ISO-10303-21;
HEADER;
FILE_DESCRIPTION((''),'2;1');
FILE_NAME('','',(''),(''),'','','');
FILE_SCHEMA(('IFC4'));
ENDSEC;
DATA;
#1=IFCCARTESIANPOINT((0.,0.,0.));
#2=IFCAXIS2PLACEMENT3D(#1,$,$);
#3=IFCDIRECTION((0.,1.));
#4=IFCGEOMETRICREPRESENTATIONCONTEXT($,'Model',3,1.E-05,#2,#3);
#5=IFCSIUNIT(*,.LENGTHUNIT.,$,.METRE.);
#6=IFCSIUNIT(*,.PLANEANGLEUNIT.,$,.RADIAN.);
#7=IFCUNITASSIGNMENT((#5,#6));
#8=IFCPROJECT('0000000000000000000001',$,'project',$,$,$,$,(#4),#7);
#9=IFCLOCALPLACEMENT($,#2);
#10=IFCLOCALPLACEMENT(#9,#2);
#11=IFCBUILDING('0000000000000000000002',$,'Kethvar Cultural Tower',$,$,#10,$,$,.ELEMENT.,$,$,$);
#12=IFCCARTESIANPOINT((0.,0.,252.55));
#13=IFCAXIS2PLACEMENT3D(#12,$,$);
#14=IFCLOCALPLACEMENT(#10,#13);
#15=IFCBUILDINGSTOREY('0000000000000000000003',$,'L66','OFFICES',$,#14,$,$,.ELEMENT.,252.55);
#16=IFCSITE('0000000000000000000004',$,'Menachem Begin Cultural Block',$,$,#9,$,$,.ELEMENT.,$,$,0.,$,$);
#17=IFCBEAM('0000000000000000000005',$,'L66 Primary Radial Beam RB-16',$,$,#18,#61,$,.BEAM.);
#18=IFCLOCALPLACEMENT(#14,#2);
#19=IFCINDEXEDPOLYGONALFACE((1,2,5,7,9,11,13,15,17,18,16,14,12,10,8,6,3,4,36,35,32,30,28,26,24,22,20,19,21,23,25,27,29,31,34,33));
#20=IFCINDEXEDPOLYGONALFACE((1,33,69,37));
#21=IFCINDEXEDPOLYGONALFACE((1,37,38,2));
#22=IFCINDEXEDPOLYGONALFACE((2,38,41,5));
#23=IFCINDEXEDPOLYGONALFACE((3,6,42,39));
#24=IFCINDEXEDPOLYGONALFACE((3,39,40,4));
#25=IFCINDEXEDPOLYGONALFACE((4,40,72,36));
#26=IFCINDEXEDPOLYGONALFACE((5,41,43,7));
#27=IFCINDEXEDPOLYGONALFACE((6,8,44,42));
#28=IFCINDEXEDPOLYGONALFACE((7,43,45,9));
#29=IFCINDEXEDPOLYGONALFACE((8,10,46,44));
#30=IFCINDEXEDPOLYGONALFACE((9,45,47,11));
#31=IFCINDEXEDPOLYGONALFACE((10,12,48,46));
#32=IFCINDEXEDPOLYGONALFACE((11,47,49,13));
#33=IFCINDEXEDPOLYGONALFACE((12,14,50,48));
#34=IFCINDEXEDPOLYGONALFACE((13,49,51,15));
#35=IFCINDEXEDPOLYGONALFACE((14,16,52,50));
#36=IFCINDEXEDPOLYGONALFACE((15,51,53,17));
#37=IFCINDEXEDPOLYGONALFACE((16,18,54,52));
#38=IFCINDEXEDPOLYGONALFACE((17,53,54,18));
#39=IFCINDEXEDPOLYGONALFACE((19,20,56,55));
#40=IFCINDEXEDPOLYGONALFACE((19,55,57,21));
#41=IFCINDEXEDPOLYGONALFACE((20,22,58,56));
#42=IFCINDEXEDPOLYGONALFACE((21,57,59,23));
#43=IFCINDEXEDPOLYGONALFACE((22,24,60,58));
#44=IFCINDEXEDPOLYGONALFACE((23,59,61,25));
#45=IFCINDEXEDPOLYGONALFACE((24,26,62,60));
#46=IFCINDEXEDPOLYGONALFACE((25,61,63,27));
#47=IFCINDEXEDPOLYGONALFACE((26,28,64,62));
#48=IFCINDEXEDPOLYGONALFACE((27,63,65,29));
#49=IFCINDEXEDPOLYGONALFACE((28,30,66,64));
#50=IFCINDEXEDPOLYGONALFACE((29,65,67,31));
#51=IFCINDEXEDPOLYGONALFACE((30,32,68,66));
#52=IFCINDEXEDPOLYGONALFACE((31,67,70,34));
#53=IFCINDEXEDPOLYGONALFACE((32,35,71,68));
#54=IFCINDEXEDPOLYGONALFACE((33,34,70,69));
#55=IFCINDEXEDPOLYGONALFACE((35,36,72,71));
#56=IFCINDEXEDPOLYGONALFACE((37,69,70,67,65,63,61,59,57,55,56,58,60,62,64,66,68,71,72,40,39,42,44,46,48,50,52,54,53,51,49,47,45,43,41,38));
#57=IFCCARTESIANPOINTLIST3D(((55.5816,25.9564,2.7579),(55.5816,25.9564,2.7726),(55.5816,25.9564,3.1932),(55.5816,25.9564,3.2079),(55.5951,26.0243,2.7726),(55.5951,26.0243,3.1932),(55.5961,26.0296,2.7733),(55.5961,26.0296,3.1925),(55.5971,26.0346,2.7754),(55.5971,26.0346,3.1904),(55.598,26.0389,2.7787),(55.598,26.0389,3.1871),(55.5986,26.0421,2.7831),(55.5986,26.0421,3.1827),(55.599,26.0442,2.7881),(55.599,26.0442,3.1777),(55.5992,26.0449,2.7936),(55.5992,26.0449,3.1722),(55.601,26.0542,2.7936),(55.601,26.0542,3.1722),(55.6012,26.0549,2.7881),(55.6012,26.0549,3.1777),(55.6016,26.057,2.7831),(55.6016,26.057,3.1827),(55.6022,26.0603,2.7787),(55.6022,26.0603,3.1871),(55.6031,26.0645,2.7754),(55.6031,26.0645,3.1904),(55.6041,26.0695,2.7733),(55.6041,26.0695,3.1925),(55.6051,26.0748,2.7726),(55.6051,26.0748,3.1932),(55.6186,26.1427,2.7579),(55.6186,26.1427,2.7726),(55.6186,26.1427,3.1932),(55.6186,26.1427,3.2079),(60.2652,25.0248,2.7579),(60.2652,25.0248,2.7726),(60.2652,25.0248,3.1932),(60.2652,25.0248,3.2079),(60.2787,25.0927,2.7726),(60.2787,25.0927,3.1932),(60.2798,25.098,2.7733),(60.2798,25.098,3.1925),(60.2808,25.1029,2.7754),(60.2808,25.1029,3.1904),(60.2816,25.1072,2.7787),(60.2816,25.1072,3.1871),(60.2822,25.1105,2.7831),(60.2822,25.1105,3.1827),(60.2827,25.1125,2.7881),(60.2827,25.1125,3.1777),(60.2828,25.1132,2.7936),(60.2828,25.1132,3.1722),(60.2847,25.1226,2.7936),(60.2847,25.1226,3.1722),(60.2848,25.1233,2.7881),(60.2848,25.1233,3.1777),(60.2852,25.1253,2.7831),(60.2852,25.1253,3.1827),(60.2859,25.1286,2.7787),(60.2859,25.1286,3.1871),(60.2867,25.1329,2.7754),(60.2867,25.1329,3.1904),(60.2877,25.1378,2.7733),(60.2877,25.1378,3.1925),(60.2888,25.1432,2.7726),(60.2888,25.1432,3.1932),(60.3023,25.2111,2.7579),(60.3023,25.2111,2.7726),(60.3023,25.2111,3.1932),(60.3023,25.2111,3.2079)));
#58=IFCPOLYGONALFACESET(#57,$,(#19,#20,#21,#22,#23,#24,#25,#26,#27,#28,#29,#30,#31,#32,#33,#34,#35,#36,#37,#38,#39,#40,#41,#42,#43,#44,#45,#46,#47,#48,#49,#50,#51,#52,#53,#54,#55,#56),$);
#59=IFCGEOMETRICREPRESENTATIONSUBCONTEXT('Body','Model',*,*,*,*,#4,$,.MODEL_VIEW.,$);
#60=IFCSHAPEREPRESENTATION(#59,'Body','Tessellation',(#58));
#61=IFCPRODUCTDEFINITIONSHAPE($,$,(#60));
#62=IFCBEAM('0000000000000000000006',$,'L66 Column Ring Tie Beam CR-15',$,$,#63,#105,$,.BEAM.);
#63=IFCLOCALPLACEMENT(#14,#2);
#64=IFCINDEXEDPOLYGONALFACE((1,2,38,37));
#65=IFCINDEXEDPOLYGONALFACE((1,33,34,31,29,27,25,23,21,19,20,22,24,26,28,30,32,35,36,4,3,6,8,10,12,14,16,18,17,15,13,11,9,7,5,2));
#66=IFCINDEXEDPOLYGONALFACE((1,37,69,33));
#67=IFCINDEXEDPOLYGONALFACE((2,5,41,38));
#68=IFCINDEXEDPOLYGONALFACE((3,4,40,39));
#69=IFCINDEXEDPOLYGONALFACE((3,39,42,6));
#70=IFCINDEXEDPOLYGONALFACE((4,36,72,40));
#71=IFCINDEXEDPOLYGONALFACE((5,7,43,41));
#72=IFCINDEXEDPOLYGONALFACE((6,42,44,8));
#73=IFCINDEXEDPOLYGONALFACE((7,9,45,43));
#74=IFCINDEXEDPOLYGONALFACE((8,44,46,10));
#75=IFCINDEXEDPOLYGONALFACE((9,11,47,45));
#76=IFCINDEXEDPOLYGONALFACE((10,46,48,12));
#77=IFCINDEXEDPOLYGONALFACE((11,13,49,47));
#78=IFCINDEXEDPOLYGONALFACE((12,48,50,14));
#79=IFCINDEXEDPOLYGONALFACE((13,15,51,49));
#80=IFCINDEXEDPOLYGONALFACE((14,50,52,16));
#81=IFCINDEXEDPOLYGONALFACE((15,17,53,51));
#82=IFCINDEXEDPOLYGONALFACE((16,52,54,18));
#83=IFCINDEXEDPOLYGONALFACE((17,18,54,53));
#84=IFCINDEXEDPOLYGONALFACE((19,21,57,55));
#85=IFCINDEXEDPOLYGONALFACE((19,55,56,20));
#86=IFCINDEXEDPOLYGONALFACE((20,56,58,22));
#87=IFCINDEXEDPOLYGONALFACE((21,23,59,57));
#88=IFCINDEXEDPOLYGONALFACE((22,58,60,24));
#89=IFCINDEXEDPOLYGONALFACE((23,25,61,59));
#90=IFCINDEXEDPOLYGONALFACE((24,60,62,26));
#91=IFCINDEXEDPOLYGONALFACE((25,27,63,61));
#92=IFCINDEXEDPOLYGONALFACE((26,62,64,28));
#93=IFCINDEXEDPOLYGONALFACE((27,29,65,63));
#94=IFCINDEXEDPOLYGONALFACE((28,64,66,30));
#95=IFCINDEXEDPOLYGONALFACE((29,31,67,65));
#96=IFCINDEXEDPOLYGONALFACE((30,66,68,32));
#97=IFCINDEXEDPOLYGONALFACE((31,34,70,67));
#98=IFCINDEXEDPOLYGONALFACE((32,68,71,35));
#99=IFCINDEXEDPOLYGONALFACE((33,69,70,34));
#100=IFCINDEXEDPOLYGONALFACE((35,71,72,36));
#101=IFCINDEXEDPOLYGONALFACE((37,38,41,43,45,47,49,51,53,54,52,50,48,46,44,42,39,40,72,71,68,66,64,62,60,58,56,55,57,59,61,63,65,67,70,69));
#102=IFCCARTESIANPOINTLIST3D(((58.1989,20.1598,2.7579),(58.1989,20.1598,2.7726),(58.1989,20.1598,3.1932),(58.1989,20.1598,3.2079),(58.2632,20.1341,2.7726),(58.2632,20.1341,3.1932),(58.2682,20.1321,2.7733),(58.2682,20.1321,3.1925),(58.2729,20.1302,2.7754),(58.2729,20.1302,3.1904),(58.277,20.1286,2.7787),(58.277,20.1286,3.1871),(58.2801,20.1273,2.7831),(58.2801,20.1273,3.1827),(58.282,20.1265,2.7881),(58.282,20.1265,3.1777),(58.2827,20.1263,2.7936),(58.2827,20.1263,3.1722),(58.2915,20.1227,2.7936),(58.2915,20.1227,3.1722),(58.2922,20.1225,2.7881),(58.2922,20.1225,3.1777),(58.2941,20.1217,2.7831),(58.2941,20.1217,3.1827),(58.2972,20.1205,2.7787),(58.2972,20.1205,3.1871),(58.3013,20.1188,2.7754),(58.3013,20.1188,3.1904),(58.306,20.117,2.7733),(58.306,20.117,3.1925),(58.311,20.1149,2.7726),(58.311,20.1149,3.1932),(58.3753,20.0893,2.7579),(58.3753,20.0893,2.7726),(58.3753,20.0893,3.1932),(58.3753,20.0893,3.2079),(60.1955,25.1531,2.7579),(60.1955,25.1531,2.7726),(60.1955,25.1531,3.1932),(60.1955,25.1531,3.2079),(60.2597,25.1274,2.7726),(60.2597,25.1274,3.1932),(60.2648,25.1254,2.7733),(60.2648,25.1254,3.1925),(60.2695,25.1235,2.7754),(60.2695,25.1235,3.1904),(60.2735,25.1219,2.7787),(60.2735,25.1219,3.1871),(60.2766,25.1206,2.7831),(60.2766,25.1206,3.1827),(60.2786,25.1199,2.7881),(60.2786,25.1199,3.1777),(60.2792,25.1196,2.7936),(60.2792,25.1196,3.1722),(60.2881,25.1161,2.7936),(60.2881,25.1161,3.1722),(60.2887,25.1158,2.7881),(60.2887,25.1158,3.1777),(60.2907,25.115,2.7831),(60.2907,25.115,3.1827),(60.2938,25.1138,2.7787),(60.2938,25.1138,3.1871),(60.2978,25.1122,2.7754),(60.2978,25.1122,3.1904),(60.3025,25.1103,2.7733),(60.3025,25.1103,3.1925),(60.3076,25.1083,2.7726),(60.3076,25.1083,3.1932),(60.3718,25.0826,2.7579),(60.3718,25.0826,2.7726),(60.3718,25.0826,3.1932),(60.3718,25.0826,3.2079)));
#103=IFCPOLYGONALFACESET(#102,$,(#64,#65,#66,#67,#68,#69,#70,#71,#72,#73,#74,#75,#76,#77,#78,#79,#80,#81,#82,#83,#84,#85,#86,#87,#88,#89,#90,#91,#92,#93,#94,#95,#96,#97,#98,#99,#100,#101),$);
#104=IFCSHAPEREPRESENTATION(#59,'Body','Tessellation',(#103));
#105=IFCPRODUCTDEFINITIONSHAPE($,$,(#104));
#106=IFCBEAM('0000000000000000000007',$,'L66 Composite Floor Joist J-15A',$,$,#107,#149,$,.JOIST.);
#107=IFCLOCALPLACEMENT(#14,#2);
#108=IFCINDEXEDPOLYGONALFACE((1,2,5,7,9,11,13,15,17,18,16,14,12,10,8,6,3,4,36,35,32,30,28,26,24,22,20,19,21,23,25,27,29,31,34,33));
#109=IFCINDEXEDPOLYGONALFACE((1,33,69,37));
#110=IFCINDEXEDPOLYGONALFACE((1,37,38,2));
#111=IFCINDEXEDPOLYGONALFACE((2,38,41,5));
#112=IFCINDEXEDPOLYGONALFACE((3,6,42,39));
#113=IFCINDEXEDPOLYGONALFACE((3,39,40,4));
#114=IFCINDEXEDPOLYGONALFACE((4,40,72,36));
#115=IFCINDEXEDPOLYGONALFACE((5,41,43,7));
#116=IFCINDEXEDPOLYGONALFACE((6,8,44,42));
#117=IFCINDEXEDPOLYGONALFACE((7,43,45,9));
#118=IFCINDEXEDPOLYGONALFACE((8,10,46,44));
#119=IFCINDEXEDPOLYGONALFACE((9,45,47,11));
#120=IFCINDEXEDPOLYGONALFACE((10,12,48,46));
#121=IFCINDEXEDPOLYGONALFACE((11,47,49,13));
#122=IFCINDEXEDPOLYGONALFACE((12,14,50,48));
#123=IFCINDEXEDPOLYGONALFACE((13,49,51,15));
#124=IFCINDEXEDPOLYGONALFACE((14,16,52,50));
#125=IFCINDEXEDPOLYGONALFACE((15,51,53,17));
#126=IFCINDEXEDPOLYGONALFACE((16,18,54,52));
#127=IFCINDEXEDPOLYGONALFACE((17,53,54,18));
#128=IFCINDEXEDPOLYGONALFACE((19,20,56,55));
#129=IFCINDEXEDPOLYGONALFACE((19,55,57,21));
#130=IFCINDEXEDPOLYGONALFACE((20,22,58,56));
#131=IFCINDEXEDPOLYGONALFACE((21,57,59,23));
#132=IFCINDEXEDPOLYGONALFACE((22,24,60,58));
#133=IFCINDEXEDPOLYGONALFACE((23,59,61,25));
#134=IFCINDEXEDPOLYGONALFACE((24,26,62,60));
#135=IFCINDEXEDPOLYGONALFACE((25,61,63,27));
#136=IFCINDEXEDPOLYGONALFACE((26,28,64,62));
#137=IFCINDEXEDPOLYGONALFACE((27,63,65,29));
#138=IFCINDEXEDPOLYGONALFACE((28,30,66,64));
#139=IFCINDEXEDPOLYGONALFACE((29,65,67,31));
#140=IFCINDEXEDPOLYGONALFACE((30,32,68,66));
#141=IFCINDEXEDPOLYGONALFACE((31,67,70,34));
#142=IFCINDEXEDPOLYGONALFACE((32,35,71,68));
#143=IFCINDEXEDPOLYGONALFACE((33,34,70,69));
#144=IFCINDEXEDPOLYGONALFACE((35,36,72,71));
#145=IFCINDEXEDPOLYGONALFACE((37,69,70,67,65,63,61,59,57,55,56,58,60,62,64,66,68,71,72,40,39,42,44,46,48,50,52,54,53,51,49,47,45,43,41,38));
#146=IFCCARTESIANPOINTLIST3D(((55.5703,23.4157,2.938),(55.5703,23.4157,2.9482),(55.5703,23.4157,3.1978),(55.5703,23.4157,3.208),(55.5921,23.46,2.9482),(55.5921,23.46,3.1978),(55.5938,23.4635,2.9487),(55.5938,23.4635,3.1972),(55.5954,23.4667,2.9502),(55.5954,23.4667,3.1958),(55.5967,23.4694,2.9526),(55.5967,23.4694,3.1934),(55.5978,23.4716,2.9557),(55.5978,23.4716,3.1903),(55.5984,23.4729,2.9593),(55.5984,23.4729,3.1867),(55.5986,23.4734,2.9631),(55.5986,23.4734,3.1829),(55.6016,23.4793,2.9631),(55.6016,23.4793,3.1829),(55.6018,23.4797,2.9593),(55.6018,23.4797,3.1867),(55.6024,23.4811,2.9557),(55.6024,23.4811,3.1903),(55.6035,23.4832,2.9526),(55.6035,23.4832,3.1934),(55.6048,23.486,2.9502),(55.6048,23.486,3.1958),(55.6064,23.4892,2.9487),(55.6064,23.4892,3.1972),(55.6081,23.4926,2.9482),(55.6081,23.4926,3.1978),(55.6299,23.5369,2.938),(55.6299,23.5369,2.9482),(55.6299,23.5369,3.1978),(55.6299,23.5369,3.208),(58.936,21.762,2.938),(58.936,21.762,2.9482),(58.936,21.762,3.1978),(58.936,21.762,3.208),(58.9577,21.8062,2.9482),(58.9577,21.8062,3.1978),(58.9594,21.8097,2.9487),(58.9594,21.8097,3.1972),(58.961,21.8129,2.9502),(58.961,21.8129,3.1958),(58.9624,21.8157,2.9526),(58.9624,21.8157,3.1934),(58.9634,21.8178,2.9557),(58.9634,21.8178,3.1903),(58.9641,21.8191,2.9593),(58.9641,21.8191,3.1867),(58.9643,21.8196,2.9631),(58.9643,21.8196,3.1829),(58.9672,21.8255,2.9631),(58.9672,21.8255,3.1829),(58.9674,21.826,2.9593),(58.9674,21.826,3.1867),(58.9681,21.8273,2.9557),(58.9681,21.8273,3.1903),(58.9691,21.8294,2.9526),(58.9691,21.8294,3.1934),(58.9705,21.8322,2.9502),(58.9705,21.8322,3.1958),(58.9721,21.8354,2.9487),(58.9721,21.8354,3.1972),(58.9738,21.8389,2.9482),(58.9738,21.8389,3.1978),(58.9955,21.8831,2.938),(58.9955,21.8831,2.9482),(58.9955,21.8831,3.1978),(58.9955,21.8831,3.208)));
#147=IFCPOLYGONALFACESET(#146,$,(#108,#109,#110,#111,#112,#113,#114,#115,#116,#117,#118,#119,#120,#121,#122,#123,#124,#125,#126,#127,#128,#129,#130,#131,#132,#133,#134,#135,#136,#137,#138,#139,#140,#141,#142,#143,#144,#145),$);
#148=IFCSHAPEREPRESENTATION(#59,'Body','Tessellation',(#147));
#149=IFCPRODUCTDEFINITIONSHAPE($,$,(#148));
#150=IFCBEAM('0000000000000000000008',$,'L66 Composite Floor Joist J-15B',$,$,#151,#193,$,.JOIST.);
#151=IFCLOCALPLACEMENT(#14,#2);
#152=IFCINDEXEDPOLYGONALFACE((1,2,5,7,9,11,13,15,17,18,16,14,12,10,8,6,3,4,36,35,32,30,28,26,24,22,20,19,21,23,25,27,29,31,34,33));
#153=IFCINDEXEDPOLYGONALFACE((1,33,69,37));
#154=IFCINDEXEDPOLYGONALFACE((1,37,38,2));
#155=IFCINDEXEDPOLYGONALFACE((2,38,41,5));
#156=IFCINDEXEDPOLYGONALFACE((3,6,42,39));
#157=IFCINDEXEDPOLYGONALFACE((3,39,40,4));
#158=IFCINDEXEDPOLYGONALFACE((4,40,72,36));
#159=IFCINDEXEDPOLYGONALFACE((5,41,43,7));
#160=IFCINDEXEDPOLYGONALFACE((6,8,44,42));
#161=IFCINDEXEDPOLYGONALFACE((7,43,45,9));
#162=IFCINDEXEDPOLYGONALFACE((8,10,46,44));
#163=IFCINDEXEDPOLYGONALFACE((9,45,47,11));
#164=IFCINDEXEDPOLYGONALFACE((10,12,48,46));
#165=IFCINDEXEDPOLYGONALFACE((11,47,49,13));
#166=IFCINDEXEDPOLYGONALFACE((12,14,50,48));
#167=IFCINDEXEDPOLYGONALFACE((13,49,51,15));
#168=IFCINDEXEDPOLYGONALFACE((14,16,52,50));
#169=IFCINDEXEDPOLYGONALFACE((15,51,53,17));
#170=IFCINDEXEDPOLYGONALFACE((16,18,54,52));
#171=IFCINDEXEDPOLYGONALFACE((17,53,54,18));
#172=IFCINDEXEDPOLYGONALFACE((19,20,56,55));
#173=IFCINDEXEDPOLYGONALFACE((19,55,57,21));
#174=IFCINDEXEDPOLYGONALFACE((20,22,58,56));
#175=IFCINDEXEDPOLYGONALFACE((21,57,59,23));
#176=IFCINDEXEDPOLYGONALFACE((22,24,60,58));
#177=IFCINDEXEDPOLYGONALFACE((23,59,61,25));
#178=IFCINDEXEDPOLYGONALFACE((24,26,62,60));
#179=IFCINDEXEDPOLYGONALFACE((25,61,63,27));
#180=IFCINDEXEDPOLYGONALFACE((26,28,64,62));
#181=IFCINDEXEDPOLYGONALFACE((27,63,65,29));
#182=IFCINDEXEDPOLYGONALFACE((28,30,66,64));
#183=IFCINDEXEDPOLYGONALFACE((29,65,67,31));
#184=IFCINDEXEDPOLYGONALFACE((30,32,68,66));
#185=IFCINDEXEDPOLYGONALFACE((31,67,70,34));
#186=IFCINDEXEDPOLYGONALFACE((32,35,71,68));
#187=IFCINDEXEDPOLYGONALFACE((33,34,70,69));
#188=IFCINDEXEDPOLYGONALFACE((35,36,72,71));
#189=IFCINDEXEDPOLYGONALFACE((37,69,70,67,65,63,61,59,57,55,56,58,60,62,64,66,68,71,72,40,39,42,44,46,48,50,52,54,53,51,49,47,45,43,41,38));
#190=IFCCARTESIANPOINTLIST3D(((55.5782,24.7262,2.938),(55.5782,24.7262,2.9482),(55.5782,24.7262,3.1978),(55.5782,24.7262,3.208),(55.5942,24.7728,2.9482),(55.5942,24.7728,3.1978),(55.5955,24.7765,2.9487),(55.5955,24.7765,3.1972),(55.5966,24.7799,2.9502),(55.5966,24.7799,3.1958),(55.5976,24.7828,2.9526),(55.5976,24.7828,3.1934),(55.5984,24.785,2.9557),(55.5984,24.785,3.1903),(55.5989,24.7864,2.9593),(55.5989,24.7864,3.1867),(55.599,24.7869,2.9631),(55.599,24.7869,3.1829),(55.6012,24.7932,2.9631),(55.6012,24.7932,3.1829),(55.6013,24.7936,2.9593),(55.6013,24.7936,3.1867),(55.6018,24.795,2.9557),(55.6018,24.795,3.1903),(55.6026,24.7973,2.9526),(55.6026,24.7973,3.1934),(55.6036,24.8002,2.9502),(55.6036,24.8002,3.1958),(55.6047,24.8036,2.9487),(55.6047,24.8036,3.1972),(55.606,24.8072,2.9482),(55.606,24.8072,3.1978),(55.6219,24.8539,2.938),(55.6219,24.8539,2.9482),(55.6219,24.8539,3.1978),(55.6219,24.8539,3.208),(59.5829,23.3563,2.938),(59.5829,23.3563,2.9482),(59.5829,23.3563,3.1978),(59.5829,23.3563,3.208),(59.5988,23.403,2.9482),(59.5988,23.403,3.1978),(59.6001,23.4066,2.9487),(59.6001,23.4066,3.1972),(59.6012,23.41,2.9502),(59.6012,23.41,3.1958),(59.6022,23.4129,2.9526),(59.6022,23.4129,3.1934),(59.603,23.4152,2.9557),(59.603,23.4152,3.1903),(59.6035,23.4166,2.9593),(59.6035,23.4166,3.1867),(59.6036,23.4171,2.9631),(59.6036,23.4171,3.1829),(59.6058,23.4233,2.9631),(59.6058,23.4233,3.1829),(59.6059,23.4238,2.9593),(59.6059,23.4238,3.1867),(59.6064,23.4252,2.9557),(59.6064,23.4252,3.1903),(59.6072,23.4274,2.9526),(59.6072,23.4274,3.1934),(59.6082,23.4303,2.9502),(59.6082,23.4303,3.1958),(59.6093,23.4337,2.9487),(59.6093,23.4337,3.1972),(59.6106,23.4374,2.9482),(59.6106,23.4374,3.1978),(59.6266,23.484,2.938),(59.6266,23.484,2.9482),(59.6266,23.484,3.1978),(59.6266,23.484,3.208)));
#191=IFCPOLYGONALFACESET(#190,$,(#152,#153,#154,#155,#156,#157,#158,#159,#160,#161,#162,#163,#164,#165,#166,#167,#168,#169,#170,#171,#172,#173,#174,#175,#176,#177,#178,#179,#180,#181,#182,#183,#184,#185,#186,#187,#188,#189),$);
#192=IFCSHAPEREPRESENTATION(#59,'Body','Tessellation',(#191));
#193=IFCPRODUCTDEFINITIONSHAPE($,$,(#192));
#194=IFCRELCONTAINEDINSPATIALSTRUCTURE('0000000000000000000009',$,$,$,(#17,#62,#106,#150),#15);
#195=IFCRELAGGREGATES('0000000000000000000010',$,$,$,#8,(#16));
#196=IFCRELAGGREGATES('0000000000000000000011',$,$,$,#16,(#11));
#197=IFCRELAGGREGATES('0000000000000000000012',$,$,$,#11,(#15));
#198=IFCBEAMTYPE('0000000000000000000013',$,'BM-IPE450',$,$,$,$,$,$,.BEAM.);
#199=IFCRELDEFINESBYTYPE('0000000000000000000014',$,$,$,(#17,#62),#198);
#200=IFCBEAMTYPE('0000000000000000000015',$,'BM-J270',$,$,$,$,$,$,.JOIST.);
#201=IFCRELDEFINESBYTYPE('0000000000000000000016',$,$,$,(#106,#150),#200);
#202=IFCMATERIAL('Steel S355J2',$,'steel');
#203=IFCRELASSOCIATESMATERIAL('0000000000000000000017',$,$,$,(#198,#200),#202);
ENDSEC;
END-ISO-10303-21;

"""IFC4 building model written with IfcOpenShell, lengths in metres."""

from ifc_helpers import new_model, si_unit, direction, frame, origin, origin_2d, place, context, subcontext, project, spatial, i_section, extrude, source, transform, mapped, material, material_profile, profile_set, type_object, element, save


model = new_model("IFC4")

# Units and contexts
model_context = context("Model", 3, precision=1e-05, world=origin(), true_north=direction((0.0, 1.0)))
body_context = subcontext(model_context, "Body", "Model", "MODEL_VIEW")
ifc_project = project(units=[si_unit("LENGTHUNIT", "METRE"), si_unit("PLANEANGLEUNIT", "RADIAN")], contexts=[model_context])

# Site, building, storey
site_placement = place(None, origin())
site = spatial("IfcSite", under=ifc_project, at=site_placement, Name="Menachem Begin Cultural Block", CompositionType="ELEMENT", RefElevation=0.0)
building_placement = place(site_placement, origin())
building = spatial("IfcBuilding", under=site, at=building_placement, Name="Kethvar Cultural Tower", CompositionType="ELEMENT")
storey_placement = place(building_placement, frame((0.0, 0.0, 252.55)))
storey = spatial("IfcBuildingStorey", under=building, at=storey_placement, Name="L66", Description="OFFICES", CompositionType="ELEMENT", Elevation=252.55)

# Beams
ifc_material_1 = material(Name="Steel S355J2", Category="steel")
ifc_material_profile_1 = material_profile(ifc_material_1, i_section(OverallWidth=0.1899, OverallDepth=0.45, WebThickness=0.0095, FlangeThickness=0.0146, FilletRadius=0.021, at=origin_2d()), Name="Steel S355J2 — IPE450")
ifc_profile_set_1 = profile_set([ifc_material_profile_1], Name="Steel S355J2 — IPE450")
beam_type_1 = type_object("IfcBeamType", Name="BM-IPE450", PredefinedType="BEAM", material=ifc_profile_set_1)
shared_shape_1 = source(origin(), body_context, "Body", "SweptSolid", [
    extrude(i_section(OverallWidth=0.1899, OverallDepth=0.45, WebThickness=0.0095, FlangeThickness=0.0146, FilletRadius=0.021, at=origin_2d()), origin(), (0.0, 0.0, 1.0), 4.7754),
])
beam_1_placement = place(storey_placement, frame((55.6001, 26.0496, 2.9829), z_axis=(0.980785, -0.195094, 0.0), x_axis=(0.195094, 0.980785, 0.0)))
element("IfcBeam", 1, at=beam_1_placement, inside=storey, type_object=beam_type_1, Name="L66 Primary Radial Beam RB-16", PredefinedType="BEAM", context=body_context, shape_type="MappedRepresentation", body=[
    mapped(shared_shape_1, transform((0.0, 0.0, 0.0), scale=1.0)),
])
shared_shape_2 = source(origin(), body_context, "Body", "SweptSolid", [
    extrude(i_section(OverallWidth=0.1899, OverallDepth=0.45, WebThickness=0.0095, FlangeThickness=0.0146, FilletRadius=0.021, at=origin_2d()), origin(), (0.0, 0.0, 1.0), 5.3777),
])
beam_2_placement = place(storey_placement, frame((58.2871, 20.1245, 2.9829), z_axis=(0.371265, 0.928527, 0.0), x_axis=(-0.928527, 0.371265, 0.0)))
element("IfcBeam", 2, at=beam_2_placement, inside=storey, type_object=beam_type_1, Name="L66 Column Ring Tie Beam CR-15", PredefinedType="BEAM", context=body_context, shape_type="MappedRepresentation", body=[
    mapped(shared_shape_2, transform((0.0, 0.0, 0.0), scale=1.0)),
])
ifc_material_profile_2 = material_profile(ifc_material_1, i_section(OverallWidth=0.135, OverallDepth=0.27, WebThickness=0.0066, FlangeThickness=0.0103, FilletRadius=0.0149, at=origin_2d()), Name="Steel S355J2 — IPE270")
ifc_profile_set_2 = profile_set([ifc_material_profile_2], Name="Steel S355J2 — IPE270")
beam_type_2 = type_object("IfcBeamType", Name="BM-J270", PredefinedType="JOIST", material=ifc_profile_set_2)
shared_shape_3 = source(origin(), body_context, "Body", "SweptSolid", [
    extrude(i_section(OverallWidth=0.135, OverallDepth=0.27, WebThickness=0.0066, FlangeThickness=0.0103, FilletRadius=0.0149, at=origin_2d()), origin(), (0.0, 0.0, 1.0), 3.75),
])
beam_3_placement = place(storey_placement, frame((55.6001, 23.4763, 3.073), z_axis=(0.897505, -0.441005, 0.0), x_axis=(0.441005, 0.897505, 0.0)))
element("IfcBeam", 3, at=beam_3_placement, inside=storey, type_object=beam_type_2, Name="L66 Composite Floor Joist J-15A", PredefinedType="JOIST", context=body_context, shape_type="MappedRepresentation", body=[
    mapped(shared_shape_3, transform((0.0, 0.0, 0.0), scale=1.0)),
])
shared_shape_4 = source(origin(), body_context, "Body", "SweptSolid", [
    extrude(i_section(OverallWidth=0.135, OverallDepth=0.27, WebThickness=0.0066, FlangeThickness=0.0103, FilletRadius=0.0149, at=origin_2d()), origin(), (0.0, 0.0, 1.0), 4.2324),
])
beam_4_placement = place(storey_placement, frame((55.6001, 24.79, 3.073), z_axis=(0.946174, -0.323659, 0.0), x_axis=(0.323659, 0.946174, 0.0)))
element("IfcBeam", 4, at=beam_4_placement, inside=storey, type_object=beam_type_2, Name="L66 Composite Floor Joist J-15B", PredefinedType="JOIST", context=body_context, shape_type="MappedRepresentation", body=[
    mapped(shared_shape_4, transform((0.0, 0.0, 0.0), scale=1.0)),
])

save(model, "model.ifc")
